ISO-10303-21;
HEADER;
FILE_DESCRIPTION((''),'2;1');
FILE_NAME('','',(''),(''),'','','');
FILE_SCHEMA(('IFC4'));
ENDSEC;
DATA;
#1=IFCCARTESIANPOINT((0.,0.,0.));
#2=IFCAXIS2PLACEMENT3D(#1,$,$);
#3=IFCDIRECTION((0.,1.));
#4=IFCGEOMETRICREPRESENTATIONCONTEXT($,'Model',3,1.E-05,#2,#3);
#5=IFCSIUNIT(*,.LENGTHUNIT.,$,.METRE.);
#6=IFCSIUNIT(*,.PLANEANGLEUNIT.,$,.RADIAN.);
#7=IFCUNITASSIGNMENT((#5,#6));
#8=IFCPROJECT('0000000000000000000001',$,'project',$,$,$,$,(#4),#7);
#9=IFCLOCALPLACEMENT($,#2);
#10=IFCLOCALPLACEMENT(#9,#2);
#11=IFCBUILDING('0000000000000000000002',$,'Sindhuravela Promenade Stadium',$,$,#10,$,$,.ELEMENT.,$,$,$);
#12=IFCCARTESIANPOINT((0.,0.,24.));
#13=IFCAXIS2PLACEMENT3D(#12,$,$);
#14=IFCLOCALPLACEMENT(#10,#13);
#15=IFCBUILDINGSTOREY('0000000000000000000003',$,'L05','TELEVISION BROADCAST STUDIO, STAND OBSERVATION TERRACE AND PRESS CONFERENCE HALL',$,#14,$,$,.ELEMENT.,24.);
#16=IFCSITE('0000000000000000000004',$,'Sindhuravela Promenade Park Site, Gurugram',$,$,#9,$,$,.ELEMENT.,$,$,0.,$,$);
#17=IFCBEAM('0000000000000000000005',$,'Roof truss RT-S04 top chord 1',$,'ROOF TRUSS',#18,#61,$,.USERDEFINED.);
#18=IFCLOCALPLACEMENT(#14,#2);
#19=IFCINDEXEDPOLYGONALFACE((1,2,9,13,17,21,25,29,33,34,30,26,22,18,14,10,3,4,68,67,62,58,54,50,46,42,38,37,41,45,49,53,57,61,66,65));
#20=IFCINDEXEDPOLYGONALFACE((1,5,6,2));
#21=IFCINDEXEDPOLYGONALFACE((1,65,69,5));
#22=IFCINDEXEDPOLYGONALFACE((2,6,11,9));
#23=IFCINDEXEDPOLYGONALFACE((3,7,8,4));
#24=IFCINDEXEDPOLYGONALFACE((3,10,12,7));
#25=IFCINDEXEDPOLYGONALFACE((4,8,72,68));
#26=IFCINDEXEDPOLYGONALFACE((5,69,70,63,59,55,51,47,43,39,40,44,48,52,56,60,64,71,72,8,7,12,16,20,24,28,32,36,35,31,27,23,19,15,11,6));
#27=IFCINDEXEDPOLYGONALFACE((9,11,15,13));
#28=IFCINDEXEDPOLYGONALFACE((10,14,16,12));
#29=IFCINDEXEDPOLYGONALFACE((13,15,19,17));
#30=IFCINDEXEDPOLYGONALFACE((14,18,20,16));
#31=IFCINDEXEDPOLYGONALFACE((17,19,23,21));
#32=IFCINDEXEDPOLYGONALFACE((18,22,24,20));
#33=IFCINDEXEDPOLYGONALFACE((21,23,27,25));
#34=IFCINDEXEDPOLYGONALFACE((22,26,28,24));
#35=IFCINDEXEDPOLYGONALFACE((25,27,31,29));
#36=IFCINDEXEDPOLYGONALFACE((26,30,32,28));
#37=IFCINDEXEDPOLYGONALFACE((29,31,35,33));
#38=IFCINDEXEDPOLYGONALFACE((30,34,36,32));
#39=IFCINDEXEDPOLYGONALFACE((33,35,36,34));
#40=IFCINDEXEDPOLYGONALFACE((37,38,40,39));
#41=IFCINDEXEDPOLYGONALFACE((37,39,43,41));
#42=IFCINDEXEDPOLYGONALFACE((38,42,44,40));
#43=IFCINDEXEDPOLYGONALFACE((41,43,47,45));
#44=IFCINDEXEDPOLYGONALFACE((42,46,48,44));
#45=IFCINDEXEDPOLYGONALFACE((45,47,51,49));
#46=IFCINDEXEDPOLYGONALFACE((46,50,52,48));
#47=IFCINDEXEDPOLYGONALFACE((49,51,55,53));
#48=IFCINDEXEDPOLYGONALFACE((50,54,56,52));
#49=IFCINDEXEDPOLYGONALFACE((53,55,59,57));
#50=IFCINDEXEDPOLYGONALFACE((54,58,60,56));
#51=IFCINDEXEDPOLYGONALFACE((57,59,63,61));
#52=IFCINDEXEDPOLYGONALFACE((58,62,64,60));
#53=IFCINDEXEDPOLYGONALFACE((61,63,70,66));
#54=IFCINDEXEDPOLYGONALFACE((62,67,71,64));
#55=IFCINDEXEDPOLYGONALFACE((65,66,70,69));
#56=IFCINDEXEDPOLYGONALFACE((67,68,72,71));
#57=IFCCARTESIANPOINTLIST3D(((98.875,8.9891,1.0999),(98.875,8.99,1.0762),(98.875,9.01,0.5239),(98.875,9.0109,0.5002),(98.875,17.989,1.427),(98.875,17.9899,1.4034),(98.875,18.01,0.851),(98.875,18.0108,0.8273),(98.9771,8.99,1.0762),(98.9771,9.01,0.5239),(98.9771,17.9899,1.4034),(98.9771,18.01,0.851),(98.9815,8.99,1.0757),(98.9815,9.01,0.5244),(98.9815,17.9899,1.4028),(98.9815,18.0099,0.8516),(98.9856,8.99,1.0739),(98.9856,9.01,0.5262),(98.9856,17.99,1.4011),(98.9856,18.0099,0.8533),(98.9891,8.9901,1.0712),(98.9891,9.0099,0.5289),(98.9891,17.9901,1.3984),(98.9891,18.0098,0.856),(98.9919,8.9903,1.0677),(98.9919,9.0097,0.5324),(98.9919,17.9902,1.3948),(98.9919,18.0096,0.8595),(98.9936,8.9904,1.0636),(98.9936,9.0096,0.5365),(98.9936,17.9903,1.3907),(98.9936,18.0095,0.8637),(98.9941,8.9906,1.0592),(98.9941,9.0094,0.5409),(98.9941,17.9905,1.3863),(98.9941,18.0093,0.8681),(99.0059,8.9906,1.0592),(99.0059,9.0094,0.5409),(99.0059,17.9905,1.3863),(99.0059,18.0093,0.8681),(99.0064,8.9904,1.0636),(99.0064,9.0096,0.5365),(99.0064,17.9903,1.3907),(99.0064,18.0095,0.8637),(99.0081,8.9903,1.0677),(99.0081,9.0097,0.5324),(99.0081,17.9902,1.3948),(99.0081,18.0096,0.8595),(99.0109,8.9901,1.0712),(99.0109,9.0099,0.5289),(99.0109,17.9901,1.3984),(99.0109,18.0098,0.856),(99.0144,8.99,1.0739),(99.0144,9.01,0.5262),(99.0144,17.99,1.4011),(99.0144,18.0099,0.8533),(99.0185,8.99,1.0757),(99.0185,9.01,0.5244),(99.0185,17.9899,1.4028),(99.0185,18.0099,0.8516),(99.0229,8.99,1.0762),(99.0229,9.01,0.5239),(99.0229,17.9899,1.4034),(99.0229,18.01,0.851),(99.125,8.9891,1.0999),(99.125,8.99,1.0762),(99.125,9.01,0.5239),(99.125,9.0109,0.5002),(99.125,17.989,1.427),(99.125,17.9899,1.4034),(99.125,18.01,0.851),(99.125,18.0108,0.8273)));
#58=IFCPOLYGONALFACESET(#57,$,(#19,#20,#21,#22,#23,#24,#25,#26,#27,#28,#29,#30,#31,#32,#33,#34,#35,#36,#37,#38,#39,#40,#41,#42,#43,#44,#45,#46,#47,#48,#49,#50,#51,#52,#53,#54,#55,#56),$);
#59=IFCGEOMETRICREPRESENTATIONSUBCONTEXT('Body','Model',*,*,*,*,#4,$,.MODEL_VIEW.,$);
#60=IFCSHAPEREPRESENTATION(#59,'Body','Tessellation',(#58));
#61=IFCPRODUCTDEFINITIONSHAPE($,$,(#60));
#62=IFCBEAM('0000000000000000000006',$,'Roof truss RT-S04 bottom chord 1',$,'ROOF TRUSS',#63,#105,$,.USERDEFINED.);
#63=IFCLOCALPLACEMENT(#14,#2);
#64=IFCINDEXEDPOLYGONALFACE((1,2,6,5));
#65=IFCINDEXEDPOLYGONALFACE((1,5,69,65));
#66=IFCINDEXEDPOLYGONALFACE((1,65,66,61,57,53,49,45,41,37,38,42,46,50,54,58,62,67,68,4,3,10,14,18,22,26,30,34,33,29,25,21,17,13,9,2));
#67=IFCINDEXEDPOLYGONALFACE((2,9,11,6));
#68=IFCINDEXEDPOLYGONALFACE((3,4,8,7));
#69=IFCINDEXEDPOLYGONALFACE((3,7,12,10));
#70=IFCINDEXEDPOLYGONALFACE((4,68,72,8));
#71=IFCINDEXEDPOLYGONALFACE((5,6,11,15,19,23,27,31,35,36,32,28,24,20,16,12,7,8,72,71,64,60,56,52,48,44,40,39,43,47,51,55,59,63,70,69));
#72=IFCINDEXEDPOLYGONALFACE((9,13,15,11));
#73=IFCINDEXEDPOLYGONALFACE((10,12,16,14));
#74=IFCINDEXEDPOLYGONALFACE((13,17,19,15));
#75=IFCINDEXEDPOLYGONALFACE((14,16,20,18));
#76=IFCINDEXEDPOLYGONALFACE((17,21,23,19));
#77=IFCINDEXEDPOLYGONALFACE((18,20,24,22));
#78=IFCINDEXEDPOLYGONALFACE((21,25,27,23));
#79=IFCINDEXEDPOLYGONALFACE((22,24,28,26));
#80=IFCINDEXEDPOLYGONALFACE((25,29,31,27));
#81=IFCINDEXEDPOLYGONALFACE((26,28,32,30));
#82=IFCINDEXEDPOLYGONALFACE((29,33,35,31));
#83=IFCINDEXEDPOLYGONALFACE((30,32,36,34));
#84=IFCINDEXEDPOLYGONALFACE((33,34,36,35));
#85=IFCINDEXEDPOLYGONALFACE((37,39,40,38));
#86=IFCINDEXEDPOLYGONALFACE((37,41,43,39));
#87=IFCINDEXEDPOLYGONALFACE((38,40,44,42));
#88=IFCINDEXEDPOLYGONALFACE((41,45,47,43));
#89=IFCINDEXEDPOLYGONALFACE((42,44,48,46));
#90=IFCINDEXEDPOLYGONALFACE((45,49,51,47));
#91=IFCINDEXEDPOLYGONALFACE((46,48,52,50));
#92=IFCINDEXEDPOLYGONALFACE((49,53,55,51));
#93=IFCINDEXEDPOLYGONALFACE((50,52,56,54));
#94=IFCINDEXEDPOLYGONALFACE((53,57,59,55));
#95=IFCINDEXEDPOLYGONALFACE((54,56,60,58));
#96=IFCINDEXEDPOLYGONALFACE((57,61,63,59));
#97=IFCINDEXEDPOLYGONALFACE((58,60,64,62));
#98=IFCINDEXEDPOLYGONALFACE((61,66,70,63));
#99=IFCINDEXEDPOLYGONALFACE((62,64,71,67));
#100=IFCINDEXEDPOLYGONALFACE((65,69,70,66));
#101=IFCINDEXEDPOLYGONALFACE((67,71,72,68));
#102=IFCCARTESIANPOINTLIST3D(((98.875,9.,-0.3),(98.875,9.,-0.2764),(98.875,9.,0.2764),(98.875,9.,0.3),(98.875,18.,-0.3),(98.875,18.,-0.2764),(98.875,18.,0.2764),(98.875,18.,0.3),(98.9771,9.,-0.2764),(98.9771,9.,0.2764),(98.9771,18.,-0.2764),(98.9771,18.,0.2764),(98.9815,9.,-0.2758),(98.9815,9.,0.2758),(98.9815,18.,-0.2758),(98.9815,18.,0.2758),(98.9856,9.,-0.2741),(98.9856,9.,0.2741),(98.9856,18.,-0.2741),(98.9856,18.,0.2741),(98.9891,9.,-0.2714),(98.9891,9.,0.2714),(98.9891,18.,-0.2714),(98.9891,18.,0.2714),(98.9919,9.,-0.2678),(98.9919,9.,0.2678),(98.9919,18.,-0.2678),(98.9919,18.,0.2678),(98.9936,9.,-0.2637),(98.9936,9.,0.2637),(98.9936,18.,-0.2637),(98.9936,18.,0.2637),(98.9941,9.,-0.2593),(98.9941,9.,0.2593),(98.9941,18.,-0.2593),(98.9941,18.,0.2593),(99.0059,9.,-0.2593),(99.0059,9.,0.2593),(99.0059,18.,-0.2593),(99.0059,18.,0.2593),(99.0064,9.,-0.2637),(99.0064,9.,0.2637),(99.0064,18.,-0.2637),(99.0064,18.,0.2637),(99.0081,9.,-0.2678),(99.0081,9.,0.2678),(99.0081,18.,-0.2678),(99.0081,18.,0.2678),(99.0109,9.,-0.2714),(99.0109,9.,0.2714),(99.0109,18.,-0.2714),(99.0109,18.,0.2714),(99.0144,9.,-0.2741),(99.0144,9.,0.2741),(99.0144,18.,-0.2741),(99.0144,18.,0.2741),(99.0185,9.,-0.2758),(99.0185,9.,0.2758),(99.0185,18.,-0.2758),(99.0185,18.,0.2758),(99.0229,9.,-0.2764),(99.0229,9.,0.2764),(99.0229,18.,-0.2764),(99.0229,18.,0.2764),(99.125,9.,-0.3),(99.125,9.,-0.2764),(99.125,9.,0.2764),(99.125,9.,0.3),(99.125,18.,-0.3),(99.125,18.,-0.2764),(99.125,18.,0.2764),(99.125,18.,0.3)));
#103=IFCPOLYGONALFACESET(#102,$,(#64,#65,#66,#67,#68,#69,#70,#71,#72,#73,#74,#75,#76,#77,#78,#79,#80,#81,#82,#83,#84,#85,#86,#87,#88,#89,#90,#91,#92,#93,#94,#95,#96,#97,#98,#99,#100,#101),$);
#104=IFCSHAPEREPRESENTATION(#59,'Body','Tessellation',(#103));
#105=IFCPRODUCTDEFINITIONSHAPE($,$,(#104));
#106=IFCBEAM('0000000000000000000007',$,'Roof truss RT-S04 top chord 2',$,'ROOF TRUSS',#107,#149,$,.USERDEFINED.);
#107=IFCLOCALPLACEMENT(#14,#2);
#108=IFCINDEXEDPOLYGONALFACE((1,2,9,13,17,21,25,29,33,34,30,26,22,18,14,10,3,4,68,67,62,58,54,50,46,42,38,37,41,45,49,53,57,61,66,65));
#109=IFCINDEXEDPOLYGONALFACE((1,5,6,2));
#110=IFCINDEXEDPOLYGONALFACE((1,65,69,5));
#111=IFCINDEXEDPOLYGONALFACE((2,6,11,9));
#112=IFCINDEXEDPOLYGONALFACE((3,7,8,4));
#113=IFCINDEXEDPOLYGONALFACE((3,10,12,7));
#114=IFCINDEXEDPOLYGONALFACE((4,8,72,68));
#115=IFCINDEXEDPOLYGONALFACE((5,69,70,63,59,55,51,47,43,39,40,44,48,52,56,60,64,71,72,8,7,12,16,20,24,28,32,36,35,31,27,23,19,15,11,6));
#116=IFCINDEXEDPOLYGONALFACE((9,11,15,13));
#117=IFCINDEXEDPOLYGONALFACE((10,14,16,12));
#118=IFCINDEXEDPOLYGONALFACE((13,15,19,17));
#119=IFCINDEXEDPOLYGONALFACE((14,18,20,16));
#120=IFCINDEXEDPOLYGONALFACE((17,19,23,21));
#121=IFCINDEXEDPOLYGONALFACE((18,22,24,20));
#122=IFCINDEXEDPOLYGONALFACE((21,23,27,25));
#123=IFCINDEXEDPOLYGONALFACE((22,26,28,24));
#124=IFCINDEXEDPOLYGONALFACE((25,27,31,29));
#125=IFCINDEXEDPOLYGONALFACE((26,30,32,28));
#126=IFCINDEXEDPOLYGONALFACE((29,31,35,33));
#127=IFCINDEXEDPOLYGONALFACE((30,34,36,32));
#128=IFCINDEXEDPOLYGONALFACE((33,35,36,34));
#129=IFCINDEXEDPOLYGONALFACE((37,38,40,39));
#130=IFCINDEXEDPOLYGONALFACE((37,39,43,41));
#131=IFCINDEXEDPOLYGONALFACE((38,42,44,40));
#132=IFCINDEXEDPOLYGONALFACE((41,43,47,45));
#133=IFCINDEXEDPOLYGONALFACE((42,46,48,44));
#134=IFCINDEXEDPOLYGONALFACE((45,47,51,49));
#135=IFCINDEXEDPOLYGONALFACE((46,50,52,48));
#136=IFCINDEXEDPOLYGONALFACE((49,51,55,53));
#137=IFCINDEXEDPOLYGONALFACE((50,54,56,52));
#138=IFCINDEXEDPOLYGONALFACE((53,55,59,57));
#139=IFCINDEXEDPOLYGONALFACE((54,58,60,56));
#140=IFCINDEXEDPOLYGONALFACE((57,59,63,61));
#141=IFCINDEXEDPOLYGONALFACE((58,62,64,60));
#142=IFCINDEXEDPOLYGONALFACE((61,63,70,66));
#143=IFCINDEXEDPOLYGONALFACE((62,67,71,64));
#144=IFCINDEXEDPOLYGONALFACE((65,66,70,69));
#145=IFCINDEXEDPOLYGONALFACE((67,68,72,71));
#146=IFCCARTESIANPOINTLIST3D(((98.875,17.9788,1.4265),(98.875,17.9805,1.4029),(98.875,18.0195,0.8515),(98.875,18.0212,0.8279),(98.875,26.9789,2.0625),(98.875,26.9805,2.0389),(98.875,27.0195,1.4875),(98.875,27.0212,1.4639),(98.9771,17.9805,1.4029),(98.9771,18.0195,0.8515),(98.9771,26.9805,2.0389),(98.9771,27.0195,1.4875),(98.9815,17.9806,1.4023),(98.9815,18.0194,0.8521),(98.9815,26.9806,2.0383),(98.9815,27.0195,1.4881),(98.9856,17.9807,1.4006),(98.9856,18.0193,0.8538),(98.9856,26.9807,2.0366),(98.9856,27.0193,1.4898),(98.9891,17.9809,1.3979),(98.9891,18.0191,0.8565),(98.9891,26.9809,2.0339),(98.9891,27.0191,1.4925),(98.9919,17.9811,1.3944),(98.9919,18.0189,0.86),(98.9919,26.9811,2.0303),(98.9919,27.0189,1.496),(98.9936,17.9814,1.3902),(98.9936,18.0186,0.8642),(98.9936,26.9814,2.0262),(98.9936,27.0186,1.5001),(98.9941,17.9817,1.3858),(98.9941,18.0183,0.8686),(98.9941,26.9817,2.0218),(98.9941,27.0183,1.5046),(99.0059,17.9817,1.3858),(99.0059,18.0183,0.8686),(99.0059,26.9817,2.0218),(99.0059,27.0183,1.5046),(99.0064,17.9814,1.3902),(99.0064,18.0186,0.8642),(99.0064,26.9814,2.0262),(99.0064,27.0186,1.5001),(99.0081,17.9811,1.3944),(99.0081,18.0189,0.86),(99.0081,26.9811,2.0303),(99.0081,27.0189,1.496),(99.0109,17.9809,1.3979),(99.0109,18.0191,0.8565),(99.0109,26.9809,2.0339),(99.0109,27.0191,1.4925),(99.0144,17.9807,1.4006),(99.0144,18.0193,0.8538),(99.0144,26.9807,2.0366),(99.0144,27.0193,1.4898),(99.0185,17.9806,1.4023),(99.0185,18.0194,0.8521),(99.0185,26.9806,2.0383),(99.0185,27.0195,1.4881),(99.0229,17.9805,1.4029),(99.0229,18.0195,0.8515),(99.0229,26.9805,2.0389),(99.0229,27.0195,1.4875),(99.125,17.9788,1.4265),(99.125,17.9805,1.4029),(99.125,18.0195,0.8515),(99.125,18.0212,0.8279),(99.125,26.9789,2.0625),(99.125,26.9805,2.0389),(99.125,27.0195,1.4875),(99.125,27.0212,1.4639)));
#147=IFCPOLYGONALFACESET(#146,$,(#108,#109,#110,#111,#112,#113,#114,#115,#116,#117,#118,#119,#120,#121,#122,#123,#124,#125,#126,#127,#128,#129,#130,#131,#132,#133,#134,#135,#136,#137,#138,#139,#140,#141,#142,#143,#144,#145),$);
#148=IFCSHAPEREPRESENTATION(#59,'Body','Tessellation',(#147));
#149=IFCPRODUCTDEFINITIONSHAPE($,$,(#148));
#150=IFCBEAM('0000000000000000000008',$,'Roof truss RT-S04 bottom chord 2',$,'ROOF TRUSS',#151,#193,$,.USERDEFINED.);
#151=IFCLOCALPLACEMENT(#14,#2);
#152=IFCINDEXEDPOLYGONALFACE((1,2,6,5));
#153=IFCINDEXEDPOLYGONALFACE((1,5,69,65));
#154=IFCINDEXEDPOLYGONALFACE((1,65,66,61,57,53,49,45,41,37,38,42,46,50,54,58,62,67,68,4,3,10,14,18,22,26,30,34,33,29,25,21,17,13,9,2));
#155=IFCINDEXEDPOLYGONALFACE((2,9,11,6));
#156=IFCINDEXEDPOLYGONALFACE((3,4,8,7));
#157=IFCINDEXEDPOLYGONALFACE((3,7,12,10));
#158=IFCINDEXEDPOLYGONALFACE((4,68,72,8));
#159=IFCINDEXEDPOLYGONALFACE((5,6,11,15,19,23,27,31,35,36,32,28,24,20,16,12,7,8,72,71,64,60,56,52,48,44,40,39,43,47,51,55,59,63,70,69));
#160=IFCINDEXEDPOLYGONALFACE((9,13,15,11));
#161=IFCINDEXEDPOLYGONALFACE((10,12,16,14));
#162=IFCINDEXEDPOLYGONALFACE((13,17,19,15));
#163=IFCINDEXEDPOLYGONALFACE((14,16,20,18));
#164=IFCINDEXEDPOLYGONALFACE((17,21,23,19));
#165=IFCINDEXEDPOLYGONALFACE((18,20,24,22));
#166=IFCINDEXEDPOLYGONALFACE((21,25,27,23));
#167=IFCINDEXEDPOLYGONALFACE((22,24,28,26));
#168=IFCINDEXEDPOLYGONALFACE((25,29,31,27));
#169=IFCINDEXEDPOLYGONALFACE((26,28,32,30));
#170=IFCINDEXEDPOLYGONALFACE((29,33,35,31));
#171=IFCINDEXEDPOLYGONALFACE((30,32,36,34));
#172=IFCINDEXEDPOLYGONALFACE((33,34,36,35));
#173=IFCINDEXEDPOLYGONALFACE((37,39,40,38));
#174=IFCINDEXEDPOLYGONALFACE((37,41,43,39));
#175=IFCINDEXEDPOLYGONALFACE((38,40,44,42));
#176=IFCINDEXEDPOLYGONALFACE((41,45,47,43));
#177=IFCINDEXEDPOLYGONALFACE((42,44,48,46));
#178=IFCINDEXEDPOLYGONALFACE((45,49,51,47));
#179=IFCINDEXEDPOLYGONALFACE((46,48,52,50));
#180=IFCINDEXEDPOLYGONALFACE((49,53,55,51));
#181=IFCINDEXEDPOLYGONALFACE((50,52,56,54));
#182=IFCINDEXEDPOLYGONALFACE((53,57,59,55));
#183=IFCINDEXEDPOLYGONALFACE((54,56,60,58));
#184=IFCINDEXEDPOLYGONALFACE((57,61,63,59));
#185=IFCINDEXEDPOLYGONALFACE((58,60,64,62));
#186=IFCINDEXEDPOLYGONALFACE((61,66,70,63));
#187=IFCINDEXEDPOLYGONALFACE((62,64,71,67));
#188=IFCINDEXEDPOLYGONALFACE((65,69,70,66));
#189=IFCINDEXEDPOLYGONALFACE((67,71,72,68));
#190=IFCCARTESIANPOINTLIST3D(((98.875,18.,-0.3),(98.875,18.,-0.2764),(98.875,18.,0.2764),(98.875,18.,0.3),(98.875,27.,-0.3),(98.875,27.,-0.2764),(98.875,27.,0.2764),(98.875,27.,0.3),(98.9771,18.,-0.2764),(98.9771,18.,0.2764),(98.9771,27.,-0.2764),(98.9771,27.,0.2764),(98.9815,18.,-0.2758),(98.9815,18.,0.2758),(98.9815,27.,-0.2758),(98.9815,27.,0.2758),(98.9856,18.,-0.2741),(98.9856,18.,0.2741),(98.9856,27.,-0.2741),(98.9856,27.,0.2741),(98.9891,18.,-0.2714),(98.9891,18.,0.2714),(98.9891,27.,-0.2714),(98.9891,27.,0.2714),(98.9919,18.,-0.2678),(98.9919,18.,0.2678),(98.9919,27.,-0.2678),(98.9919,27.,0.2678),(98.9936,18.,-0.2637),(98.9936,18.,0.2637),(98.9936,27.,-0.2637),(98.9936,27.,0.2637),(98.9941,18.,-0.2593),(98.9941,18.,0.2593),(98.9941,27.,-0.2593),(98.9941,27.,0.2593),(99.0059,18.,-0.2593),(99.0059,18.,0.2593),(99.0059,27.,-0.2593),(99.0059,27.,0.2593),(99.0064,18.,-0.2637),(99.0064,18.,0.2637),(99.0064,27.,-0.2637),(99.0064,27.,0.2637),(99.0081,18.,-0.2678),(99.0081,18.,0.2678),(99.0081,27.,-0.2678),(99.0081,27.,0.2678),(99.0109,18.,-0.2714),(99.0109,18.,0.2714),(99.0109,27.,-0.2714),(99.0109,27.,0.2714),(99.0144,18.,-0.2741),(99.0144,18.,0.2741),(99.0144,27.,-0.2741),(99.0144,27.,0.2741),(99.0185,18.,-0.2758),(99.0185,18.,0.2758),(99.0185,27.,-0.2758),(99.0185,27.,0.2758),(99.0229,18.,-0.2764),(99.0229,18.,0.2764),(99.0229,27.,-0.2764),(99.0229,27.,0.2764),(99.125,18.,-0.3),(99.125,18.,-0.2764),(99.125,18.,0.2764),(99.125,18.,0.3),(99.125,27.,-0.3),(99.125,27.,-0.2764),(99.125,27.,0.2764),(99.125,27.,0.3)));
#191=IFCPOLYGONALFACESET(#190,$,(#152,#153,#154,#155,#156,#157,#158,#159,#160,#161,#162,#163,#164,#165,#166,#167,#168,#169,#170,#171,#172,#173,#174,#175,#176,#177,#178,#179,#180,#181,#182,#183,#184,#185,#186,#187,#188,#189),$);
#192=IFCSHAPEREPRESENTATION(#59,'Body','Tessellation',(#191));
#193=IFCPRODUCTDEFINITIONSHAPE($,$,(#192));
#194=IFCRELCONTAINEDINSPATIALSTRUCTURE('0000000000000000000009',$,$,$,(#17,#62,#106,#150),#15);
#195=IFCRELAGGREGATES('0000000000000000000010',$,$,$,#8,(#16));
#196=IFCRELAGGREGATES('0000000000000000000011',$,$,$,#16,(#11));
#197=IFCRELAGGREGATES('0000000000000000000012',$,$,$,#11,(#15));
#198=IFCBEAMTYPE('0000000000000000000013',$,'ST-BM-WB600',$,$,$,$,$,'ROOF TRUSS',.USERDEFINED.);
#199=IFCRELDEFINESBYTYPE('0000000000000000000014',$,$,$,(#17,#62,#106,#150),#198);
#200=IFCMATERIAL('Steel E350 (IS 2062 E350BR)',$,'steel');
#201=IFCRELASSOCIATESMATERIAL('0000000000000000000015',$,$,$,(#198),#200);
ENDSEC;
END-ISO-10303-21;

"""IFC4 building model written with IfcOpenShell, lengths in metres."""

from ifc_helpers import new_model, si_unit, direction, frame, origin, origin_2d, place, context, subcontext, project, spatial, i_section, extrude, material, material_profile, profile_set, type_object, element, save


model = new_model("IFC4")

# Units and contexts
model_context = context("Model", 3, precision=1e-05, world=origin(), true_north=direction((0.0, 1.0)))
body_context = subcontext(model_context, "Body", "Model", "MODEL_VIEW")
ifc_project = project(units=[si_unit("LENGTHUNIT", "METRE"), si_unit("PLANEANGLEUNIT", "RADIAN")], contexts=[model_context])

# Site, building, storey
site_placement = place(None, origin())
site = spatial("IfcSite", under=ifc_project, at=site_placement, Name="Sindhuravela Promenade Park Site, Gurugram", CompositionType="ELEMENT", RefElevation=0.0)
building_placement = place(site_placement, origin())
building = spatial("IfcBuilding", under=site, at=building_placement, Name="Sindhuravela Promenade Stadium", CompositionType="ELEMENT")
storey_placement = place(building_placement, frame((0.0, 0.0, 24.0)))
storey = spatial("IfcBuildingStorey", under=building, at=storey_placement, Name="L05", Description="TELEVISION BROADCAST STUDIO, STAND OBSERVATION TERRACE AND PRESS CONFERENCE HALL", CompositionType="ELEMENT", Elevation=24.0)

# Beams
ifc_material_1 = material(Name="Steel E350 (IS 2062 E350BR)", Category="steel")
ifc_material_profile_1 = material_profile(ifc_material_1, i_section(OverallWidth=0.25, OverallDepth=0.6001, WebThickness=0.0117, FlangeThickness=0.0237, FilletRadius=0.0171, at=origin_2d()), Name="ISWB 600")
ifc_profile_set_1 = profile_set([ifc_material_profile_1], Name="Steel E350 (IS 2062 E350BR)")
beam_type = type_object("IfcBeamType", Name="ST-BM-WB600", ElementType="ROOF TRUSS", PredefinedType="USERDEFINED", material=ifc_profile_set_1)
beam_1_placement = place(storey_placement, frame((99.0, 9.0, 0.8), z_axis=(0.0, 0.99934, 0.036326), x_axis=(-1.0, 0.0, 0.0)))
element("IfcBeam", 1, at=beam_1_placement, inside=storey, type_object=beam_type, Name="Roof truss RT-S04 top chord 1", ObjectType="ROOF TRUSS", PredefinedType="USERDEFINED", context=body_context, shape_type="SweptSolid", body=[
    extrude(i_section(OverallWidth=0.25, OverallDepth=0.6001, WebThickness=0.0117, FlangeThickness=0.0237, FilletRadius=0.0171, at=origin_2d()), origin(), (0.0, 0.0, 1.0), 9.0059),
])
beam_2_placement = place(storey_placement, frame((99.0, 9.0, 0.0), z_axis=(0.0, 1.0, 0.0), x_axis=(-1.0, 0.0, 0.0)))
element("IfcBeam", 2, at=beam_2_placement, inside=storey, type_object=beam_type, Name="Roof truss RT-S04 bottom chord 1", ObjectType="ROOF TRUSS", PredefinedType="USERDEFINED", context=body_context, shape_type="SweptSolid", body=[
    extrude(i_section(OverallWidth=0.25, OverallDepth=0.6001, WebThickness=0.0117, FlangeThickness=0.0237, FilletRadius=0.0171, at=origin_2d()), origin(), (0.0, 0.0, 1.0), 9.0),
])
beam_3_placement = place(storey_placement, frame((99.0, 18.0, 1.1272), z_axis=(0.0, 0.997513, 0.070489), x_axis=(-1.0, 0.0, 0.0)))
element("IfcBeam", 3, at=beam_3_placement, inside=storey, type_object=beam_type, Name="Roof truss RT-S04 top chord 2", ObjectType="ROOF TRUSS", PredefinedType="USERDEFINED", context=body_context, shape_type="SweptSolid", body=[
    extrude(i_section(OverallWidth=0.25, OverallDepth=0.6001, WebThickness=0.0117, FlangeThickness=0.0237, FilletRadius=0.0171, at=origin_2d()), origin(), (0.0, 0.0, 1.0), 9.0225),
])
beam_4_placement = place(storey_placement, frame((99.0, 18.0, 0.0), z_axis=(0.0, 1.0, 0.0), x_axis=(-1.0, 0.0, 0.0)))
element("IfcBeam", 4, at=beam_4_placement, inside=storey, type_object=beam_type, Name="Roof truss RT-S04 bottom chord 2", ObjectType="ROOF TRUSS", PredefinedType="USERDEFINED", context=body_context, shape_type="SweptSolid", body=[
    extrude(i_section(OverallWidth=0.25, OverallDepth=0.6001, WebThickness=0.0117, FlangeThickness=0.0237, FilletRadius=0.0171, at=origin_2d()), origin(), (0.0, 0.0, 1.0), 9.0),
])

save(model, "model.ifc")
